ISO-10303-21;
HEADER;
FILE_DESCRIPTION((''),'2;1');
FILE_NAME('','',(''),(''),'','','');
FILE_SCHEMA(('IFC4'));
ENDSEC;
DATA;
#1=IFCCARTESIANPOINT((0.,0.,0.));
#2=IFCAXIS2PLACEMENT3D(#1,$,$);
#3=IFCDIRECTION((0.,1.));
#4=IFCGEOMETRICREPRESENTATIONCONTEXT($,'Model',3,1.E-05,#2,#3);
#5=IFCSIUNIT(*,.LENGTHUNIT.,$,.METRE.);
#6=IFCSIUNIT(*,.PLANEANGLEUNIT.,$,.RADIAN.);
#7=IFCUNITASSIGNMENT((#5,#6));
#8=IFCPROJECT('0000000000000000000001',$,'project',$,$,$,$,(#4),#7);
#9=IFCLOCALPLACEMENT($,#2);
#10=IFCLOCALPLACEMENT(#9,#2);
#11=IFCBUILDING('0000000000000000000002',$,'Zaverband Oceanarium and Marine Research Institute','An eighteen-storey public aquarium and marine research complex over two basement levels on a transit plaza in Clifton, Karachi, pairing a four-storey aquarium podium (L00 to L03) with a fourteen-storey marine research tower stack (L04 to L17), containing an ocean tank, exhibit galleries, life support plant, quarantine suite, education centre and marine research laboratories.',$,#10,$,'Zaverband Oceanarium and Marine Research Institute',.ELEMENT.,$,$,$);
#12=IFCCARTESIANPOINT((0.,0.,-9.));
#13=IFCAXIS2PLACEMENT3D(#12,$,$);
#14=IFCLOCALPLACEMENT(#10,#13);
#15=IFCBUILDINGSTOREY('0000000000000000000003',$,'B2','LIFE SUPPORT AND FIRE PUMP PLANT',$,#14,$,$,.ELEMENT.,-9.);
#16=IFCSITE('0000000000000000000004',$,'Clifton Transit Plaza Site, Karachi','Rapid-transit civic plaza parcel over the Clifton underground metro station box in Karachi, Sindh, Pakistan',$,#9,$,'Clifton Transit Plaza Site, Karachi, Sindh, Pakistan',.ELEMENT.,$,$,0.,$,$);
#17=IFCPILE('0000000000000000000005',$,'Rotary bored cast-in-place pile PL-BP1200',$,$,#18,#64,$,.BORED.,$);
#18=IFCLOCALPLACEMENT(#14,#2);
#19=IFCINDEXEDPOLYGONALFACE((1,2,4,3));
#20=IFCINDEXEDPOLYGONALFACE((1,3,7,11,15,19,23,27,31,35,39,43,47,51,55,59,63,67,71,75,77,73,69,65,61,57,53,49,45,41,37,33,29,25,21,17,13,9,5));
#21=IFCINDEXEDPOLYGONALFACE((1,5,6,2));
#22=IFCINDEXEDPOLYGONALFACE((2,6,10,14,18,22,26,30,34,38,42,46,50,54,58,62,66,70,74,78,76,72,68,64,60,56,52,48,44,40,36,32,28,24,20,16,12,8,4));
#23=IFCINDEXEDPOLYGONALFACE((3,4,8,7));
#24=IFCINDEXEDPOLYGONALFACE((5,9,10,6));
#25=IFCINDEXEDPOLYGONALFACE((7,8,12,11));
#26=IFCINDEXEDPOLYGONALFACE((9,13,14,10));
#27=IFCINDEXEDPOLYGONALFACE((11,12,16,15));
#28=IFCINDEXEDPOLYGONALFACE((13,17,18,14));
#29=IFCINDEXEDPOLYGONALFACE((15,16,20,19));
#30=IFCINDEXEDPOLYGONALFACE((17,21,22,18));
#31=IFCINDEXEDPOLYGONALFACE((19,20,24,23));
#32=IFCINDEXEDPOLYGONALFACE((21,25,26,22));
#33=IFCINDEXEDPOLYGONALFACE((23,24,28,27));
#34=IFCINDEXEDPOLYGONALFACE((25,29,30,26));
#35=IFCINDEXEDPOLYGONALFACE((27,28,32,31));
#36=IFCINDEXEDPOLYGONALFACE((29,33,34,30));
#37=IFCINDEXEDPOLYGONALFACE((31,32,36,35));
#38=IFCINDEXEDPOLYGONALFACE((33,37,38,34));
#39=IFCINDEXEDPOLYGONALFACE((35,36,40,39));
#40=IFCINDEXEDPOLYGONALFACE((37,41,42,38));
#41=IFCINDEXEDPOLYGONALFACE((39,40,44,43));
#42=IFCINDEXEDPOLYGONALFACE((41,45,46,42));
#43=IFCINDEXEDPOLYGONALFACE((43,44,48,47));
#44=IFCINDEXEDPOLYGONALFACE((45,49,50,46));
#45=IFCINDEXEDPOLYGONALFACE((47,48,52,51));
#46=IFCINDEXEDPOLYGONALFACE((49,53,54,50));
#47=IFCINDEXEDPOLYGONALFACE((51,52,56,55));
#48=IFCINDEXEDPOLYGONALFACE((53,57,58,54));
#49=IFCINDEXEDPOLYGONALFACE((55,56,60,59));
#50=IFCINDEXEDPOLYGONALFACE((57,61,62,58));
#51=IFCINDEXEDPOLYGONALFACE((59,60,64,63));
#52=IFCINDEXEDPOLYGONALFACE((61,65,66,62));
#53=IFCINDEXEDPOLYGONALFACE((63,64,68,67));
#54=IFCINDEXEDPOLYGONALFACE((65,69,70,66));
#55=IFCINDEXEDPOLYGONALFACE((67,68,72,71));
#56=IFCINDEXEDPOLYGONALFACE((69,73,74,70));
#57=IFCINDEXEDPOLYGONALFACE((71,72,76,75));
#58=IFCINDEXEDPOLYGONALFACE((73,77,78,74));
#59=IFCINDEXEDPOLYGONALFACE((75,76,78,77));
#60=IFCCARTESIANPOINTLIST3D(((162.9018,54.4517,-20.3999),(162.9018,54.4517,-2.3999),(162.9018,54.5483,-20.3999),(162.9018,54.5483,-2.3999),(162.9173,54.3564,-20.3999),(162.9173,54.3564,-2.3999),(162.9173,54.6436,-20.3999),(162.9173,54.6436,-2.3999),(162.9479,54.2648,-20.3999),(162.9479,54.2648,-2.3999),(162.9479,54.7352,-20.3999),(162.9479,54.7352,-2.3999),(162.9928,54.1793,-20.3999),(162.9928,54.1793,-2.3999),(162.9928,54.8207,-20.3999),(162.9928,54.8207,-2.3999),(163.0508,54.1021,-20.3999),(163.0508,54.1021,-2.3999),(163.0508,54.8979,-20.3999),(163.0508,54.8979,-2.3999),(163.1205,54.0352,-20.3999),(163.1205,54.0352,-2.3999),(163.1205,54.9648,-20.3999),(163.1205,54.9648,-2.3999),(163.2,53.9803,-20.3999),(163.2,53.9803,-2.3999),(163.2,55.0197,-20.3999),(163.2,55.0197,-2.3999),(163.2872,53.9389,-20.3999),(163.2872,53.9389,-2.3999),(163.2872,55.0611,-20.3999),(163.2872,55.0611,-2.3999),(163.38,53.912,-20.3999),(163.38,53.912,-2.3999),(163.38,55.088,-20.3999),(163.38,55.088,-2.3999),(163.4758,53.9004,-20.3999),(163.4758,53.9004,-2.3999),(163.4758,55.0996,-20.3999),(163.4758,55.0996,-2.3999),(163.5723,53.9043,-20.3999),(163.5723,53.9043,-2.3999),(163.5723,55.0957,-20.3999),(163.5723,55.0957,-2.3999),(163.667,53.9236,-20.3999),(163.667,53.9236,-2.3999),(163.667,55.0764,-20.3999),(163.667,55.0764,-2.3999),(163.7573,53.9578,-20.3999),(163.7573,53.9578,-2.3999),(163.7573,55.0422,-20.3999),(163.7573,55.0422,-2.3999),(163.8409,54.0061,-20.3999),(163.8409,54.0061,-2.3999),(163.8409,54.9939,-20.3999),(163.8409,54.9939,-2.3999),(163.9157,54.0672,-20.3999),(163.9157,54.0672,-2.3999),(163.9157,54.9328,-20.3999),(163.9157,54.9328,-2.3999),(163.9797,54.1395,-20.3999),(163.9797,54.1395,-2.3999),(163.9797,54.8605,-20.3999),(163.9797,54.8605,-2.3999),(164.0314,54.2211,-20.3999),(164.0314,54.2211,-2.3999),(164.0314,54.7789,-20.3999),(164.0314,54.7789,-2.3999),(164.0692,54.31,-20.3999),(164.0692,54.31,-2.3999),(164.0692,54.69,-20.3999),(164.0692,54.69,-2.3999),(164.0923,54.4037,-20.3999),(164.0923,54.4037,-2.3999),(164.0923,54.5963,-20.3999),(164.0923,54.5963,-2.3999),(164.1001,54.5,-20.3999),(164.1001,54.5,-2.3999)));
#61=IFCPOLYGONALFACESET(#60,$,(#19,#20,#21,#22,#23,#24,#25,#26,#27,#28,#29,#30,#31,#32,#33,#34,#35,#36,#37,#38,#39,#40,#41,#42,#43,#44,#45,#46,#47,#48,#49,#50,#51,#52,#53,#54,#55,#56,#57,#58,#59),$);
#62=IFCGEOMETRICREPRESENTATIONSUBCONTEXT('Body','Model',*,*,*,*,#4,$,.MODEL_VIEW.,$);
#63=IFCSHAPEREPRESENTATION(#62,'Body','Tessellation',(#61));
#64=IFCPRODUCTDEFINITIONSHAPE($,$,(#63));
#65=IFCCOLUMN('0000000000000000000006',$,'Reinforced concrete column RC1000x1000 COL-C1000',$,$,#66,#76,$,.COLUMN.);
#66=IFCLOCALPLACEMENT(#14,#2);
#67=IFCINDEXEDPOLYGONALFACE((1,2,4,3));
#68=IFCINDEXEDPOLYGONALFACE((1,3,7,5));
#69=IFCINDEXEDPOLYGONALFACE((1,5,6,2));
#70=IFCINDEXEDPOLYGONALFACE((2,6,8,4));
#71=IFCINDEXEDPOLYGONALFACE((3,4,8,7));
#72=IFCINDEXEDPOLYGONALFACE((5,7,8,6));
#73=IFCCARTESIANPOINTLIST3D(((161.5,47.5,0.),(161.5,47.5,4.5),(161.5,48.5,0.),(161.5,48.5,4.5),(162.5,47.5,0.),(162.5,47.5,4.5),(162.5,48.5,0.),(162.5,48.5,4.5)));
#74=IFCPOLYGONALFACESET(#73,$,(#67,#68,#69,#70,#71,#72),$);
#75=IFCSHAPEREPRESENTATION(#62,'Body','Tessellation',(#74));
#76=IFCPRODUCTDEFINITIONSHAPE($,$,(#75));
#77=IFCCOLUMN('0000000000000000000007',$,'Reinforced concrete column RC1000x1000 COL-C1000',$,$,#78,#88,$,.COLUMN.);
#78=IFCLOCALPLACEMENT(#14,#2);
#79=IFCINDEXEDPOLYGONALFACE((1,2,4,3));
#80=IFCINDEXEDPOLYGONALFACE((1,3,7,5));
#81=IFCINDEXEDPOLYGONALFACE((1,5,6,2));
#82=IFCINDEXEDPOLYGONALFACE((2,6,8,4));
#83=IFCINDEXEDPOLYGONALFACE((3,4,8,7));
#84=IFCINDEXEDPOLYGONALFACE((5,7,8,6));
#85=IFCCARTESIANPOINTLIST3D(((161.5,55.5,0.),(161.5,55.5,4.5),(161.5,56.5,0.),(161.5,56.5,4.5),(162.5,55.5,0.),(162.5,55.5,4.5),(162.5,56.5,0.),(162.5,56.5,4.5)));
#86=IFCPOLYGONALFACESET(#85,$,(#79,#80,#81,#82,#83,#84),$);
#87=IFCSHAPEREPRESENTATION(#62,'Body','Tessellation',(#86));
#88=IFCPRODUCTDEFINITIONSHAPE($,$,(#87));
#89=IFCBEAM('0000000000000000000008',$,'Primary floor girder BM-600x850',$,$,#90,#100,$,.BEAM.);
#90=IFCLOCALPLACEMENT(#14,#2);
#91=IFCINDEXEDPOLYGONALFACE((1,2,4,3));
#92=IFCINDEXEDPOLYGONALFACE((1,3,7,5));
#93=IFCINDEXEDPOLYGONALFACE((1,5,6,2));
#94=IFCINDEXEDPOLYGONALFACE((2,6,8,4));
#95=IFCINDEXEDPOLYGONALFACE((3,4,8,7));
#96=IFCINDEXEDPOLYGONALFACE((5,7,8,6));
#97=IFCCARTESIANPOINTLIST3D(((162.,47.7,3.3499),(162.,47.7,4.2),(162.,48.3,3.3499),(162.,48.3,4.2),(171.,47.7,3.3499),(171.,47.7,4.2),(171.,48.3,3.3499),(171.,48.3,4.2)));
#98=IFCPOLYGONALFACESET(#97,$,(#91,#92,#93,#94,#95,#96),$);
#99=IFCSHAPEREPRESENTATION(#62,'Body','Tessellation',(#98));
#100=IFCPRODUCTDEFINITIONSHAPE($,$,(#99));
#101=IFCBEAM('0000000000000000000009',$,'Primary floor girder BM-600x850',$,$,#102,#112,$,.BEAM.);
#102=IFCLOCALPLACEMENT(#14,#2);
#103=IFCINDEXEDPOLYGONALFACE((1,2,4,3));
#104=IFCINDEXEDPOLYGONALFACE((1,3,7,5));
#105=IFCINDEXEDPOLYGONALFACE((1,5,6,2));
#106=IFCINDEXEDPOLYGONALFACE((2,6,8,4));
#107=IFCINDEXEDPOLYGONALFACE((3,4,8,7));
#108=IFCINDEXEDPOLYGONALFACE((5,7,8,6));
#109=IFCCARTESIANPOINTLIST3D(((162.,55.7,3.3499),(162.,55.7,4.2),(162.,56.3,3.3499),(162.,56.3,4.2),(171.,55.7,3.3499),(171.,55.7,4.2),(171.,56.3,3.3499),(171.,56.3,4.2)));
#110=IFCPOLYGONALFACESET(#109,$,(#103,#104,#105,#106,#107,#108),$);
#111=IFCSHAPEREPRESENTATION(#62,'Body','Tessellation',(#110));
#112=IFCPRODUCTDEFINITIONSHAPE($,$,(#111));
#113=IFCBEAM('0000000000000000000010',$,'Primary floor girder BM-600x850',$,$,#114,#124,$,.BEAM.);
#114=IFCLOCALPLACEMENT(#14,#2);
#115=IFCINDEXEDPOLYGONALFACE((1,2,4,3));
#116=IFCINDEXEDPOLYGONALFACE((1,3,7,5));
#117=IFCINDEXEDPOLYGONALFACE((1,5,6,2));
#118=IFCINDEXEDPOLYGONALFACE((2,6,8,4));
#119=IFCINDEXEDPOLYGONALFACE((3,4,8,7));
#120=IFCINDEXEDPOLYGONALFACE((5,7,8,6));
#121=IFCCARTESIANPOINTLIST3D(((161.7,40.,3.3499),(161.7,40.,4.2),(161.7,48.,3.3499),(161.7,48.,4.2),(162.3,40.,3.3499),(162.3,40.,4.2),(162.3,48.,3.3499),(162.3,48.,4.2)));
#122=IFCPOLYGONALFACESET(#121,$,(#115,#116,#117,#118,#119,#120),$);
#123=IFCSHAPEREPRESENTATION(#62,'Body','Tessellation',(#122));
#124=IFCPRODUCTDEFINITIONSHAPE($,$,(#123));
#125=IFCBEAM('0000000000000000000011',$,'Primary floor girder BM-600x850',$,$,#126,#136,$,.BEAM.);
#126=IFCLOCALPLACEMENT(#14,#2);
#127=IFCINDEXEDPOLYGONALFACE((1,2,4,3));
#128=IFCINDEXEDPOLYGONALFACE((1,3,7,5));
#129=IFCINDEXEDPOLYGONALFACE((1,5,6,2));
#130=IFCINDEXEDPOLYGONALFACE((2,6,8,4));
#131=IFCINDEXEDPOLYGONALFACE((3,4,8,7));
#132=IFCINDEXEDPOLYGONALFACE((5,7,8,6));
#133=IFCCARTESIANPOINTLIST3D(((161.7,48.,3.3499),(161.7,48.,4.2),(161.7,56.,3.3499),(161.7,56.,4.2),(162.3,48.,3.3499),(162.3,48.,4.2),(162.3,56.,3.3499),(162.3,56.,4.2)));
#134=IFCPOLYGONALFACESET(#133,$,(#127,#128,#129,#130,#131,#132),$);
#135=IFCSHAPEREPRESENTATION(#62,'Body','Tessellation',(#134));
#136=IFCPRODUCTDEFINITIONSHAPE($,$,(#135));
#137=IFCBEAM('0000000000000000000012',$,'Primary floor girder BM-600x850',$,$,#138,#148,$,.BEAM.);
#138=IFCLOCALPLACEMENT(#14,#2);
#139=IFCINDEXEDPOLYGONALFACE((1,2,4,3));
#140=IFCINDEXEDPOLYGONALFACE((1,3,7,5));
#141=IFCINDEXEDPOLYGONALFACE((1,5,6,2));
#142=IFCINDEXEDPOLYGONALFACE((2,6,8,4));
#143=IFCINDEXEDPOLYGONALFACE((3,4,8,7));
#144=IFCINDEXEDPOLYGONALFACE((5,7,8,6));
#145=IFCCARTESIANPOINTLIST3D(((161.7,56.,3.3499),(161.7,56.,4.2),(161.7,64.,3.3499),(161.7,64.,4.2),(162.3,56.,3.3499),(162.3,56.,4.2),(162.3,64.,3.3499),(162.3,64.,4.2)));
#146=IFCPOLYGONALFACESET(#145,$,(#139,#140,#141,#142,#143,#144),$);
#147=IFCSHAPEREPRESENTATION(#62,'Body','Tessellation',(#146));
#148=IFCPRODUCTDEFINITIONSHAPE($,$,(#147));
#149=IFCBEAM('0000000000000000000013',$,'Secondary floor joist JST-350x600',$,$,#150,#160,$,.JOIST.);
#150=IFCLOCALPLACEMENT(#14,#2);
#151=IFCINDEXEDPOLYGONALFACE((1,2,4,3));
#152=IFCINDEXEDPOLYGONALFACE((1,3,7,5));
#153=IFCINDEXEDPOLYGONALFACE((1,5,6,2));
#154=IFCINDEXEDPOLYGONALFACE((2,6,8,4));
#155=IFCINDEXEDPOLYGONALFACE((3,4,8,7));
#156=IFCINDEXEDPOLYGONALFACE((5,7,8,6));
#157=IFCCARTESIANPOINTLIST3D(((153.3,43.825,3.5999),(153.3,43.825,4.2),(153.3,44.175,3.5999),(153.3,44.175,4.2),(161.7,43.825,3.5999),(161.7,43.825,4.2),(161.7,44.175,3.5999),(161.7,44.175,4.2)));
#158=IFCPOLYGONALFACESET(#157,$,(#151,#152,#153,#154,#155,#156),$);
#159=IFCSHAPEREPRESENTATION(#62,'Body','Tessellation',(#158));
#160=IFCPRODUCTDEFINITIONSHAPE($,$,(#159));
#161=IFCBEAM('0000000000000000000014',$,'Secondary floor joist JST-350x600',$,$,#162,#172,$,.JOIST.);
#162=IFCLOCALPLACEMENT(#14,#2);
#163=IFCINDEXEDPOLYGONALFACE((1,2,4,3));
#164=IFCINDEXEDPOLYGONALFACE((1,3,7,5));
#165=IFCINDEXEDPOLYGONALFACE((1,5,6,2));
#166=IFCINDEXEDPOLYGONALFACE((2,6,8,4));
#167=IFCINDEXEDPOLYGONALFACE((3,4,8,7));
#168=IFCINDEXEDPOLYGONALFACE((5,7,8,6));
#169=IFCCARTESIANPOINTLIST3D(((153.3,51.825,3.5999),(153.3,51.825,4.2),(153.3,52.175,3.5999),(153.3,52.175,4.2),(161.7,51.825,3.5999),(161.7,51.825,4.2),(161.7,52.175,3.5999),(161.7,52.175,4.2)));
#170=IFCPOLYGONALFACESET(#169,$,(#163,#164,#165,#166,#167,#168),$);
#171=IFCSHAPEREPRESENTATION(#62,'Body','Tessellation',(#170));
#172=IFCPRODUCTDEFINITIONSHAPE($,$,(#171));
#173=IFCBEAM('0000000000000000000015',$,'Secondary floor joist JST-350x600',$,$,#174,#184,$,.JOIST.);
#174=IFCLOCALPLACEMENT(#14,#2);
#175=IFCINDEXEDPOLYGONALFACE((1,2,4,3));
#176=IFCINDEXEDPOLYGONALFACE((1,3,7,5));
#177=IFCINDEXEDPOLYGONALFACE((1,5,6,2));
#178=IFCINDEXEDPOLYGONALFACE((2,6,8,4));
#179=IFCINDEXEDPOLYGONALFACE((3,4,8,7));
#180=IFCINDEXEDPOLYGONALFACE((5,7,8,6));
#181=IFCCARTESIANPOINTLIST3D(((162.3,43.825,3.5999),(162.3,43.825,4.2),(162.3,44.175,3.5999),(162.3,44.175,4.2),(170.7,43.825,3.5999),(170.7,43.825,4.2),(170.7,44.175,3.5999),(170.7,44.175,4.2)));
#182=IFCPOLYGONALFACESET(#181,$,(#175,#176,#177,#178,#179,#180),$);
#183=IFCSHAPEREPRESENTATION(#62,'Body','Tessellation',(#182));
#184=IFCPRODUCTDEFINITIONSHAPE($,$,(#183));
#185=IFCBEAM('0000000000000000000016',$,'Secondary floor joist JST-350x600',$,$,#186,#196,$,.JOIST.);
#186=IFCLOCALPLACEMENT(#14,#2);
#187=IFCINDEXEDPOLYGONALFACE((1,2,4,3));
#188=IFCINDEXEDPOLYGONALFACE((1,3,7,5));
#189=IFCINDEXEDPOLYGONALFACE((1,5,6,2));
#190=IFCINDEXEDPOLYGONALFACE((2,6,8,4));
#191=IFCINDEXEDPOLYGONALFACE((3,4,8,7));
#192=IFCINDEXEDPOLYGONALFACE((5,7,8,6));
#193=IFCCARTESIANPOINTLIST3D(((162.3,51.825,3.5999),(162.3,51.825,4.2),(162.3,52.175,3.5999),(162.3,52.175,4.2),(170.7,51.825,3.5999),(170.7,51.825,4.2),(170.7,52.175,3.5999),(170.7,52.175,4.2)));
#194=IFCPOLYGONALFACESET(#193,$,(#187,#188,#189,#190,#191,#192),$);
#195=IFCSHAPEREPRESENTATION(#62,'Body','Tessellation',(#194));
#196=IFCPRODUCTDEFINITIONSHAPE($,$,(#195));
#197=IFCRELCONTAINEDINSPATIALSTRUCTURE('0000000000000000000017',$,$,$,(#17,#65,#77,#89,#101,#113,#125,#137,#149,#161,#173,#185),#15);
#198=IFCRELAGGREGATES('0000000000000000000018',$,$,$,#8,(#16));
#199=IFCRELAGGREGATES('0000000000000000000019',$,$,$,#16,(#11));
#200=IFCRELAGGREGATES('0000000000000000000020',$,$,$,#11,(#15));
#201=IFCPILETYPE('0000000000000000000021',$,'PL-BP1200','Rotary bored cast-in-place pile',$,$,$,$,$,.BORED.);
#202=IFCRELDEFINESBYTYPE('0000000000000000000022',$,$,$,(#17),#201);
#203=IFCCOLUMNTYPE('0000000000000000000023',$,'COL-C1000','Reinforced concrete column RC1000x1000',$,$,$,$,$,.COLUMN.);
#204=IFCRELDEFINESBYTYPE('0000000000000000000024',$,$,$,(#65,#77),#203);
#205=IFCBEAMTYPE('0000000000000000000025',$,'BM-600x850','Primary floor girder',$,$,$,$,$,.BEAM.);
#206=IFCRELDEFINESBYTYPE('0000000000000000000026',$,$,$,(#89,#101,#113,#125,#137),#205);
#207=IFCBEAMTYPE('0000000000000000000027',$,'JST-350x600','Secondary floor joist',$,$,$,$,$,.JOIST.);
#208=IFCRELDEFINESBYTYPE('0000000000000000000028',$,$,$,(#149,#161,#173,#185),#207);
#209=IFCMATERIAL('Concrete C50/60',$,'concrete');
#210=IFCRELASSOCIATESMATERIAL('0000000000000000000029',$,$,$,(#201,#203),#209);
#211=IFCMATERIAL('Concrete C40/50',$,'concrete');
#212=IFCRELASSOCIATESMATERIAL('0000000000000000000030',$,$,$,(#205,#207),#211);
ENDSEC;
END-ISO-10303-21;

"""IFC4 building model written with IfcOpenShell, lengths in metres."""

from ifc_helpers import new_model, si_unit, direction, frame, origin, origin_2d, place, context, subcontext, project, spatial, rectangle, circle, extrude, material, material_profile, profile_set, type_object, element, save


model = new_model("IFC4")

# Units and contexts
model_context = context("Model", 3, precision=1e-05, world=origin(), true_north=direction((0.0, 1.0)))
body_context = subcontext(model_context, "Body", "Model", "MODEL_VIEW")
ifc_project = project(units=[si_unit("LENGTHUNIT", "METRE"), si_unit("PLANEANGLEUNIT", "RADIAN")], contexts=[model_context])

# Site, building, storey
site_placement = place(None, origin())
site = spatial("IfcSite", under=ifc_project, at=site_placement, Name="Clifton Transit Plaza Site, Karachi", Description="Rapid-transit civic plaza parcel over the Clifton underground metro station box in Karachi, Sindh, Pakistan", LongName="Clifton Transit Plaza Site, Karachi, Sindh, Pakistan", CompositionType="ELEMENT", RefElevation=0.0)
building_placement = place(site_placement, origin())
building = spatial("IfcBuilding", under=site, at=building_placement, Name="Zaverband Oceanarium and Marine Research Institute", Description="An eighteen-storey public aquarium and marine research complex over two basement levels on a transit plaza in Clifton, Karachi, pairing a four-storey aquarium podium (L00 to L03) with a fourteen-storey marine research tower stack (L04 to L17), containing an ocean tank, exhibit galleries, life support plant, quarantine suite, education centre and marine research laboratories.", LongName="Zaverband Oceanarium and Marine Research Institute", CompositionType="ELEMENT")
storey_placement = place(building_placement, frame((0.0, 0.0, -9.0)))
storey = spatial("IfcBuildingStorey", under=building, at=storey_placement, Name="B2", Description="LIFE SUPPORT AND FIRE PUMP PLANT", CompositionType="ELEMENT", Elevation=-9.0)

# Shared definitions
ifc_material_1 = material(Name="Concrete C50/60", Category="concrete")

# Pile
ifc_material_profile_1 = material_profile(ifc_material_1, circle(Radius=0.6001, at=origin_2d()), Name="BP1200")
ifc_profile_set_1 = profile_set([ifc_material_profile_1], Name="Concrete C50/60")
pile_type_1 = type_object("IfcPileType", Name="PL-BP1200", Description="Rotary bored cast-in-place pile", PredefinedType="BORED", material=ifc_profile_set_1)
for number, where, z_axis, x_axis, name in (
    (1, (163.5, 54.5, -2.3999), (0.0, 0.0, -1.0), (1.0, 0.0, 0.0), "Rotary bored cast-in-place pile PL-BP1200"),
):
    element("IfcPile", number, at=place(storey_placement, frame(where, z_axis=z_axis, x_axis=x_axis)), inside=storey, type_object=pile_type_1, Name=name, PredefinedType="BORED", context=body_context, shape_type="SweptSolid", body=[
        extrude(circle(Radius=0.6001, at=origin_2d()), origin(), (0.0, 0.0, 1.0), 18.0),
    ])

# Columns
ifc_material_profile_2 = material_profile(ifc_material_1, rectangle(XDim=1.0, YDim=1.0, at=origin_2d()), Name="RC1000x1000")
ifc_profile_set_2 = profile_set([ifc_material_profile_2], Name="Concrete C50/60")
column_type = type_object("IfcColumnType", Name="COL-C1000", Description="Reinforced concrete column RC1000x1000", PredefinedType="COLUMN", material=ifc_profile_set_2)
for number, where, z_axis, x_axis, name in (
    (2, (162.0, 48.0, 0.0), (0.0, 0.0, 1.0), (1.0, 0.0, 0.0), "Reinforced concrete column RC1000x1000 COL-C1000"),
    (3, (162.0, 56.0, 0.0), (0.0, 0.0, 1.0), (1.0, 0.0, 0.0), "Reinforced concrete column RC1000x1000 COL-C1000"),
):
    element("IfcColumn", number, at=place(storey_placement, frame(where, z_axis=z_axis, x_axis=x_axis)), inside=storey, type_object=column_type, Name=name, PredefinedType="COLUMN", context=body_context, shape_type="SweptSolid", body=[
        extrude(rectangle(XDim=1.0, YDim=1.0, at=origin_2d()), origin(), (0.0, 0.0, 1.0), 4.5),
    ])

# Beams
ifc_material_2 = material(Name="Concrete C40/50", Category="concrete")
ifc_material_profile_3 = material_profile(ifc_material_2, rectangle(XDim=0.6001, YDim=0.8501, at=origin_2d()), Name="RC600x850")
ifc_profile_set_3 = profile_set([ifc_material_profile_3], Name="Concrete C40/50")
beam_type_1 = type_object("IfcBeamType", Name="BM-600x850", Description="Primary floor girder", PredefinedType="BEAM", material=ifc_profile_set_3)
for number, where, z_axis, x_axis, name in (
    (4, (162.0, 48.0, 3.7749), (1.0, 0.0, 0.0), (0.0, 1.0, 0.0), "Primary floor girder BM-600x850"),
    (5, (162.0, 56.0, 3.7749), (1.0, 0.0, 0.0), (0.0, 1.0, 0.0), "Primary floor girder BM-600x850"),
):
    element("IfcBeam", number, at=place(storey_placement, frame(where, z_axis=z_axis, x_axis=x_axis)), inside=storey, type_object=beam_type_1, Name=name, PredefinedType="BEAM", context=body_context, shape_type="SweptSolid", body=[
        extrude(rectangle(XDim=0.6001, YDim=0.8501, at=origin_2d()), origin(), (0.0, 0.0, 1.0), 9.0),
    ])
for number, where, z_axis, x_axis, name in (
    (6, (162.0, 40.0, 3.7749), (0.0, 1.0, 0.0), (-1.0, 0.0, 0.0), "Primary floor girder BM-600x850"),
    (7, (162.0, 48.0, 3.7749), (0.0, 1.0, 0.0), (-1.0, 0.0, 0.0), "Primary floor girder BM-600x850"),
    (8, (162.0, 56.0, 3.7749), (0.0, 1.0, 0.0), (-1.0, 0.0, 0.0), "Primary floor girder BM-600x850"),
):
    element("IfcBeam", number, at=place(storey_placement, frame(where, z_axis=z_axis, x_axis=x_axis)), inside=storey, type_object=beam_type_1, Name=name, PredefinedType="BEAM", context=body_context, shape_type="SweptSolid", body=[
        extrude(rectangle(XDim=0.6001, YDim=0.8501, at=origin_2d()), origin(), (0.0, 0.0, 1.0), 8.0),
    ])
ifc_material_profile_4 = material_profile(ifc_material_2, rectangle(XDim=0.3501, YDim=0.6001, at=origin_2d()), Name="RC350x600")
ifc_profile_set_4 = profile_set([ifc_material_profile_4], Name="Concrete C40/50")
beam_type_2 = type_object("IfcBeamType", Name="JST-350x600", Description="Secondary floor joist", PredefinedType="JOIST", material=ifc_profile_set_4)
for number, where, z_axis, x_axis, name in (
    (9, (153.3, 44.0, 3.8999), (1.0, 0.0, 0.0), (0.0, 1.0, 0.0), "Secondary floor joist JST-350x600"),
    (10, (153.3, 52.0, 3.8999), (1.0, 0.0, 0.0), (0.0, 1.0, 0.0), "Secondary floor joist JST-350x600"),
    (11, (162.3, 44.0, 3.8999), (1.0, 0.0, 0.0), (0.0, 1.0, 0.0), "Secondary floor joist JST-350x600"),
    (12, (162.3, 52.0, 3.8999), (1.0, 0.0, 0.0), (0.0, 1.0, 0.0), "Secondary floor joist JST-350x600"),
):
    element("IfcBeam", number, at=place(storey_placement, frame(where, z_axis=z_axis, x_axis=x_axis)), inside=storey, type_object=beam_type_2, Name=name, PredefinedType="JOIST", context=body_context, shape_type="SweptSolid", body=[
        extrude(rectangle(XDim=0.3501, YDim=0.6001, at=origin_2d()), origin(), (0.0, 0.0, 1.0), 8.3999),
    ])

save(model, "model.ifc")
